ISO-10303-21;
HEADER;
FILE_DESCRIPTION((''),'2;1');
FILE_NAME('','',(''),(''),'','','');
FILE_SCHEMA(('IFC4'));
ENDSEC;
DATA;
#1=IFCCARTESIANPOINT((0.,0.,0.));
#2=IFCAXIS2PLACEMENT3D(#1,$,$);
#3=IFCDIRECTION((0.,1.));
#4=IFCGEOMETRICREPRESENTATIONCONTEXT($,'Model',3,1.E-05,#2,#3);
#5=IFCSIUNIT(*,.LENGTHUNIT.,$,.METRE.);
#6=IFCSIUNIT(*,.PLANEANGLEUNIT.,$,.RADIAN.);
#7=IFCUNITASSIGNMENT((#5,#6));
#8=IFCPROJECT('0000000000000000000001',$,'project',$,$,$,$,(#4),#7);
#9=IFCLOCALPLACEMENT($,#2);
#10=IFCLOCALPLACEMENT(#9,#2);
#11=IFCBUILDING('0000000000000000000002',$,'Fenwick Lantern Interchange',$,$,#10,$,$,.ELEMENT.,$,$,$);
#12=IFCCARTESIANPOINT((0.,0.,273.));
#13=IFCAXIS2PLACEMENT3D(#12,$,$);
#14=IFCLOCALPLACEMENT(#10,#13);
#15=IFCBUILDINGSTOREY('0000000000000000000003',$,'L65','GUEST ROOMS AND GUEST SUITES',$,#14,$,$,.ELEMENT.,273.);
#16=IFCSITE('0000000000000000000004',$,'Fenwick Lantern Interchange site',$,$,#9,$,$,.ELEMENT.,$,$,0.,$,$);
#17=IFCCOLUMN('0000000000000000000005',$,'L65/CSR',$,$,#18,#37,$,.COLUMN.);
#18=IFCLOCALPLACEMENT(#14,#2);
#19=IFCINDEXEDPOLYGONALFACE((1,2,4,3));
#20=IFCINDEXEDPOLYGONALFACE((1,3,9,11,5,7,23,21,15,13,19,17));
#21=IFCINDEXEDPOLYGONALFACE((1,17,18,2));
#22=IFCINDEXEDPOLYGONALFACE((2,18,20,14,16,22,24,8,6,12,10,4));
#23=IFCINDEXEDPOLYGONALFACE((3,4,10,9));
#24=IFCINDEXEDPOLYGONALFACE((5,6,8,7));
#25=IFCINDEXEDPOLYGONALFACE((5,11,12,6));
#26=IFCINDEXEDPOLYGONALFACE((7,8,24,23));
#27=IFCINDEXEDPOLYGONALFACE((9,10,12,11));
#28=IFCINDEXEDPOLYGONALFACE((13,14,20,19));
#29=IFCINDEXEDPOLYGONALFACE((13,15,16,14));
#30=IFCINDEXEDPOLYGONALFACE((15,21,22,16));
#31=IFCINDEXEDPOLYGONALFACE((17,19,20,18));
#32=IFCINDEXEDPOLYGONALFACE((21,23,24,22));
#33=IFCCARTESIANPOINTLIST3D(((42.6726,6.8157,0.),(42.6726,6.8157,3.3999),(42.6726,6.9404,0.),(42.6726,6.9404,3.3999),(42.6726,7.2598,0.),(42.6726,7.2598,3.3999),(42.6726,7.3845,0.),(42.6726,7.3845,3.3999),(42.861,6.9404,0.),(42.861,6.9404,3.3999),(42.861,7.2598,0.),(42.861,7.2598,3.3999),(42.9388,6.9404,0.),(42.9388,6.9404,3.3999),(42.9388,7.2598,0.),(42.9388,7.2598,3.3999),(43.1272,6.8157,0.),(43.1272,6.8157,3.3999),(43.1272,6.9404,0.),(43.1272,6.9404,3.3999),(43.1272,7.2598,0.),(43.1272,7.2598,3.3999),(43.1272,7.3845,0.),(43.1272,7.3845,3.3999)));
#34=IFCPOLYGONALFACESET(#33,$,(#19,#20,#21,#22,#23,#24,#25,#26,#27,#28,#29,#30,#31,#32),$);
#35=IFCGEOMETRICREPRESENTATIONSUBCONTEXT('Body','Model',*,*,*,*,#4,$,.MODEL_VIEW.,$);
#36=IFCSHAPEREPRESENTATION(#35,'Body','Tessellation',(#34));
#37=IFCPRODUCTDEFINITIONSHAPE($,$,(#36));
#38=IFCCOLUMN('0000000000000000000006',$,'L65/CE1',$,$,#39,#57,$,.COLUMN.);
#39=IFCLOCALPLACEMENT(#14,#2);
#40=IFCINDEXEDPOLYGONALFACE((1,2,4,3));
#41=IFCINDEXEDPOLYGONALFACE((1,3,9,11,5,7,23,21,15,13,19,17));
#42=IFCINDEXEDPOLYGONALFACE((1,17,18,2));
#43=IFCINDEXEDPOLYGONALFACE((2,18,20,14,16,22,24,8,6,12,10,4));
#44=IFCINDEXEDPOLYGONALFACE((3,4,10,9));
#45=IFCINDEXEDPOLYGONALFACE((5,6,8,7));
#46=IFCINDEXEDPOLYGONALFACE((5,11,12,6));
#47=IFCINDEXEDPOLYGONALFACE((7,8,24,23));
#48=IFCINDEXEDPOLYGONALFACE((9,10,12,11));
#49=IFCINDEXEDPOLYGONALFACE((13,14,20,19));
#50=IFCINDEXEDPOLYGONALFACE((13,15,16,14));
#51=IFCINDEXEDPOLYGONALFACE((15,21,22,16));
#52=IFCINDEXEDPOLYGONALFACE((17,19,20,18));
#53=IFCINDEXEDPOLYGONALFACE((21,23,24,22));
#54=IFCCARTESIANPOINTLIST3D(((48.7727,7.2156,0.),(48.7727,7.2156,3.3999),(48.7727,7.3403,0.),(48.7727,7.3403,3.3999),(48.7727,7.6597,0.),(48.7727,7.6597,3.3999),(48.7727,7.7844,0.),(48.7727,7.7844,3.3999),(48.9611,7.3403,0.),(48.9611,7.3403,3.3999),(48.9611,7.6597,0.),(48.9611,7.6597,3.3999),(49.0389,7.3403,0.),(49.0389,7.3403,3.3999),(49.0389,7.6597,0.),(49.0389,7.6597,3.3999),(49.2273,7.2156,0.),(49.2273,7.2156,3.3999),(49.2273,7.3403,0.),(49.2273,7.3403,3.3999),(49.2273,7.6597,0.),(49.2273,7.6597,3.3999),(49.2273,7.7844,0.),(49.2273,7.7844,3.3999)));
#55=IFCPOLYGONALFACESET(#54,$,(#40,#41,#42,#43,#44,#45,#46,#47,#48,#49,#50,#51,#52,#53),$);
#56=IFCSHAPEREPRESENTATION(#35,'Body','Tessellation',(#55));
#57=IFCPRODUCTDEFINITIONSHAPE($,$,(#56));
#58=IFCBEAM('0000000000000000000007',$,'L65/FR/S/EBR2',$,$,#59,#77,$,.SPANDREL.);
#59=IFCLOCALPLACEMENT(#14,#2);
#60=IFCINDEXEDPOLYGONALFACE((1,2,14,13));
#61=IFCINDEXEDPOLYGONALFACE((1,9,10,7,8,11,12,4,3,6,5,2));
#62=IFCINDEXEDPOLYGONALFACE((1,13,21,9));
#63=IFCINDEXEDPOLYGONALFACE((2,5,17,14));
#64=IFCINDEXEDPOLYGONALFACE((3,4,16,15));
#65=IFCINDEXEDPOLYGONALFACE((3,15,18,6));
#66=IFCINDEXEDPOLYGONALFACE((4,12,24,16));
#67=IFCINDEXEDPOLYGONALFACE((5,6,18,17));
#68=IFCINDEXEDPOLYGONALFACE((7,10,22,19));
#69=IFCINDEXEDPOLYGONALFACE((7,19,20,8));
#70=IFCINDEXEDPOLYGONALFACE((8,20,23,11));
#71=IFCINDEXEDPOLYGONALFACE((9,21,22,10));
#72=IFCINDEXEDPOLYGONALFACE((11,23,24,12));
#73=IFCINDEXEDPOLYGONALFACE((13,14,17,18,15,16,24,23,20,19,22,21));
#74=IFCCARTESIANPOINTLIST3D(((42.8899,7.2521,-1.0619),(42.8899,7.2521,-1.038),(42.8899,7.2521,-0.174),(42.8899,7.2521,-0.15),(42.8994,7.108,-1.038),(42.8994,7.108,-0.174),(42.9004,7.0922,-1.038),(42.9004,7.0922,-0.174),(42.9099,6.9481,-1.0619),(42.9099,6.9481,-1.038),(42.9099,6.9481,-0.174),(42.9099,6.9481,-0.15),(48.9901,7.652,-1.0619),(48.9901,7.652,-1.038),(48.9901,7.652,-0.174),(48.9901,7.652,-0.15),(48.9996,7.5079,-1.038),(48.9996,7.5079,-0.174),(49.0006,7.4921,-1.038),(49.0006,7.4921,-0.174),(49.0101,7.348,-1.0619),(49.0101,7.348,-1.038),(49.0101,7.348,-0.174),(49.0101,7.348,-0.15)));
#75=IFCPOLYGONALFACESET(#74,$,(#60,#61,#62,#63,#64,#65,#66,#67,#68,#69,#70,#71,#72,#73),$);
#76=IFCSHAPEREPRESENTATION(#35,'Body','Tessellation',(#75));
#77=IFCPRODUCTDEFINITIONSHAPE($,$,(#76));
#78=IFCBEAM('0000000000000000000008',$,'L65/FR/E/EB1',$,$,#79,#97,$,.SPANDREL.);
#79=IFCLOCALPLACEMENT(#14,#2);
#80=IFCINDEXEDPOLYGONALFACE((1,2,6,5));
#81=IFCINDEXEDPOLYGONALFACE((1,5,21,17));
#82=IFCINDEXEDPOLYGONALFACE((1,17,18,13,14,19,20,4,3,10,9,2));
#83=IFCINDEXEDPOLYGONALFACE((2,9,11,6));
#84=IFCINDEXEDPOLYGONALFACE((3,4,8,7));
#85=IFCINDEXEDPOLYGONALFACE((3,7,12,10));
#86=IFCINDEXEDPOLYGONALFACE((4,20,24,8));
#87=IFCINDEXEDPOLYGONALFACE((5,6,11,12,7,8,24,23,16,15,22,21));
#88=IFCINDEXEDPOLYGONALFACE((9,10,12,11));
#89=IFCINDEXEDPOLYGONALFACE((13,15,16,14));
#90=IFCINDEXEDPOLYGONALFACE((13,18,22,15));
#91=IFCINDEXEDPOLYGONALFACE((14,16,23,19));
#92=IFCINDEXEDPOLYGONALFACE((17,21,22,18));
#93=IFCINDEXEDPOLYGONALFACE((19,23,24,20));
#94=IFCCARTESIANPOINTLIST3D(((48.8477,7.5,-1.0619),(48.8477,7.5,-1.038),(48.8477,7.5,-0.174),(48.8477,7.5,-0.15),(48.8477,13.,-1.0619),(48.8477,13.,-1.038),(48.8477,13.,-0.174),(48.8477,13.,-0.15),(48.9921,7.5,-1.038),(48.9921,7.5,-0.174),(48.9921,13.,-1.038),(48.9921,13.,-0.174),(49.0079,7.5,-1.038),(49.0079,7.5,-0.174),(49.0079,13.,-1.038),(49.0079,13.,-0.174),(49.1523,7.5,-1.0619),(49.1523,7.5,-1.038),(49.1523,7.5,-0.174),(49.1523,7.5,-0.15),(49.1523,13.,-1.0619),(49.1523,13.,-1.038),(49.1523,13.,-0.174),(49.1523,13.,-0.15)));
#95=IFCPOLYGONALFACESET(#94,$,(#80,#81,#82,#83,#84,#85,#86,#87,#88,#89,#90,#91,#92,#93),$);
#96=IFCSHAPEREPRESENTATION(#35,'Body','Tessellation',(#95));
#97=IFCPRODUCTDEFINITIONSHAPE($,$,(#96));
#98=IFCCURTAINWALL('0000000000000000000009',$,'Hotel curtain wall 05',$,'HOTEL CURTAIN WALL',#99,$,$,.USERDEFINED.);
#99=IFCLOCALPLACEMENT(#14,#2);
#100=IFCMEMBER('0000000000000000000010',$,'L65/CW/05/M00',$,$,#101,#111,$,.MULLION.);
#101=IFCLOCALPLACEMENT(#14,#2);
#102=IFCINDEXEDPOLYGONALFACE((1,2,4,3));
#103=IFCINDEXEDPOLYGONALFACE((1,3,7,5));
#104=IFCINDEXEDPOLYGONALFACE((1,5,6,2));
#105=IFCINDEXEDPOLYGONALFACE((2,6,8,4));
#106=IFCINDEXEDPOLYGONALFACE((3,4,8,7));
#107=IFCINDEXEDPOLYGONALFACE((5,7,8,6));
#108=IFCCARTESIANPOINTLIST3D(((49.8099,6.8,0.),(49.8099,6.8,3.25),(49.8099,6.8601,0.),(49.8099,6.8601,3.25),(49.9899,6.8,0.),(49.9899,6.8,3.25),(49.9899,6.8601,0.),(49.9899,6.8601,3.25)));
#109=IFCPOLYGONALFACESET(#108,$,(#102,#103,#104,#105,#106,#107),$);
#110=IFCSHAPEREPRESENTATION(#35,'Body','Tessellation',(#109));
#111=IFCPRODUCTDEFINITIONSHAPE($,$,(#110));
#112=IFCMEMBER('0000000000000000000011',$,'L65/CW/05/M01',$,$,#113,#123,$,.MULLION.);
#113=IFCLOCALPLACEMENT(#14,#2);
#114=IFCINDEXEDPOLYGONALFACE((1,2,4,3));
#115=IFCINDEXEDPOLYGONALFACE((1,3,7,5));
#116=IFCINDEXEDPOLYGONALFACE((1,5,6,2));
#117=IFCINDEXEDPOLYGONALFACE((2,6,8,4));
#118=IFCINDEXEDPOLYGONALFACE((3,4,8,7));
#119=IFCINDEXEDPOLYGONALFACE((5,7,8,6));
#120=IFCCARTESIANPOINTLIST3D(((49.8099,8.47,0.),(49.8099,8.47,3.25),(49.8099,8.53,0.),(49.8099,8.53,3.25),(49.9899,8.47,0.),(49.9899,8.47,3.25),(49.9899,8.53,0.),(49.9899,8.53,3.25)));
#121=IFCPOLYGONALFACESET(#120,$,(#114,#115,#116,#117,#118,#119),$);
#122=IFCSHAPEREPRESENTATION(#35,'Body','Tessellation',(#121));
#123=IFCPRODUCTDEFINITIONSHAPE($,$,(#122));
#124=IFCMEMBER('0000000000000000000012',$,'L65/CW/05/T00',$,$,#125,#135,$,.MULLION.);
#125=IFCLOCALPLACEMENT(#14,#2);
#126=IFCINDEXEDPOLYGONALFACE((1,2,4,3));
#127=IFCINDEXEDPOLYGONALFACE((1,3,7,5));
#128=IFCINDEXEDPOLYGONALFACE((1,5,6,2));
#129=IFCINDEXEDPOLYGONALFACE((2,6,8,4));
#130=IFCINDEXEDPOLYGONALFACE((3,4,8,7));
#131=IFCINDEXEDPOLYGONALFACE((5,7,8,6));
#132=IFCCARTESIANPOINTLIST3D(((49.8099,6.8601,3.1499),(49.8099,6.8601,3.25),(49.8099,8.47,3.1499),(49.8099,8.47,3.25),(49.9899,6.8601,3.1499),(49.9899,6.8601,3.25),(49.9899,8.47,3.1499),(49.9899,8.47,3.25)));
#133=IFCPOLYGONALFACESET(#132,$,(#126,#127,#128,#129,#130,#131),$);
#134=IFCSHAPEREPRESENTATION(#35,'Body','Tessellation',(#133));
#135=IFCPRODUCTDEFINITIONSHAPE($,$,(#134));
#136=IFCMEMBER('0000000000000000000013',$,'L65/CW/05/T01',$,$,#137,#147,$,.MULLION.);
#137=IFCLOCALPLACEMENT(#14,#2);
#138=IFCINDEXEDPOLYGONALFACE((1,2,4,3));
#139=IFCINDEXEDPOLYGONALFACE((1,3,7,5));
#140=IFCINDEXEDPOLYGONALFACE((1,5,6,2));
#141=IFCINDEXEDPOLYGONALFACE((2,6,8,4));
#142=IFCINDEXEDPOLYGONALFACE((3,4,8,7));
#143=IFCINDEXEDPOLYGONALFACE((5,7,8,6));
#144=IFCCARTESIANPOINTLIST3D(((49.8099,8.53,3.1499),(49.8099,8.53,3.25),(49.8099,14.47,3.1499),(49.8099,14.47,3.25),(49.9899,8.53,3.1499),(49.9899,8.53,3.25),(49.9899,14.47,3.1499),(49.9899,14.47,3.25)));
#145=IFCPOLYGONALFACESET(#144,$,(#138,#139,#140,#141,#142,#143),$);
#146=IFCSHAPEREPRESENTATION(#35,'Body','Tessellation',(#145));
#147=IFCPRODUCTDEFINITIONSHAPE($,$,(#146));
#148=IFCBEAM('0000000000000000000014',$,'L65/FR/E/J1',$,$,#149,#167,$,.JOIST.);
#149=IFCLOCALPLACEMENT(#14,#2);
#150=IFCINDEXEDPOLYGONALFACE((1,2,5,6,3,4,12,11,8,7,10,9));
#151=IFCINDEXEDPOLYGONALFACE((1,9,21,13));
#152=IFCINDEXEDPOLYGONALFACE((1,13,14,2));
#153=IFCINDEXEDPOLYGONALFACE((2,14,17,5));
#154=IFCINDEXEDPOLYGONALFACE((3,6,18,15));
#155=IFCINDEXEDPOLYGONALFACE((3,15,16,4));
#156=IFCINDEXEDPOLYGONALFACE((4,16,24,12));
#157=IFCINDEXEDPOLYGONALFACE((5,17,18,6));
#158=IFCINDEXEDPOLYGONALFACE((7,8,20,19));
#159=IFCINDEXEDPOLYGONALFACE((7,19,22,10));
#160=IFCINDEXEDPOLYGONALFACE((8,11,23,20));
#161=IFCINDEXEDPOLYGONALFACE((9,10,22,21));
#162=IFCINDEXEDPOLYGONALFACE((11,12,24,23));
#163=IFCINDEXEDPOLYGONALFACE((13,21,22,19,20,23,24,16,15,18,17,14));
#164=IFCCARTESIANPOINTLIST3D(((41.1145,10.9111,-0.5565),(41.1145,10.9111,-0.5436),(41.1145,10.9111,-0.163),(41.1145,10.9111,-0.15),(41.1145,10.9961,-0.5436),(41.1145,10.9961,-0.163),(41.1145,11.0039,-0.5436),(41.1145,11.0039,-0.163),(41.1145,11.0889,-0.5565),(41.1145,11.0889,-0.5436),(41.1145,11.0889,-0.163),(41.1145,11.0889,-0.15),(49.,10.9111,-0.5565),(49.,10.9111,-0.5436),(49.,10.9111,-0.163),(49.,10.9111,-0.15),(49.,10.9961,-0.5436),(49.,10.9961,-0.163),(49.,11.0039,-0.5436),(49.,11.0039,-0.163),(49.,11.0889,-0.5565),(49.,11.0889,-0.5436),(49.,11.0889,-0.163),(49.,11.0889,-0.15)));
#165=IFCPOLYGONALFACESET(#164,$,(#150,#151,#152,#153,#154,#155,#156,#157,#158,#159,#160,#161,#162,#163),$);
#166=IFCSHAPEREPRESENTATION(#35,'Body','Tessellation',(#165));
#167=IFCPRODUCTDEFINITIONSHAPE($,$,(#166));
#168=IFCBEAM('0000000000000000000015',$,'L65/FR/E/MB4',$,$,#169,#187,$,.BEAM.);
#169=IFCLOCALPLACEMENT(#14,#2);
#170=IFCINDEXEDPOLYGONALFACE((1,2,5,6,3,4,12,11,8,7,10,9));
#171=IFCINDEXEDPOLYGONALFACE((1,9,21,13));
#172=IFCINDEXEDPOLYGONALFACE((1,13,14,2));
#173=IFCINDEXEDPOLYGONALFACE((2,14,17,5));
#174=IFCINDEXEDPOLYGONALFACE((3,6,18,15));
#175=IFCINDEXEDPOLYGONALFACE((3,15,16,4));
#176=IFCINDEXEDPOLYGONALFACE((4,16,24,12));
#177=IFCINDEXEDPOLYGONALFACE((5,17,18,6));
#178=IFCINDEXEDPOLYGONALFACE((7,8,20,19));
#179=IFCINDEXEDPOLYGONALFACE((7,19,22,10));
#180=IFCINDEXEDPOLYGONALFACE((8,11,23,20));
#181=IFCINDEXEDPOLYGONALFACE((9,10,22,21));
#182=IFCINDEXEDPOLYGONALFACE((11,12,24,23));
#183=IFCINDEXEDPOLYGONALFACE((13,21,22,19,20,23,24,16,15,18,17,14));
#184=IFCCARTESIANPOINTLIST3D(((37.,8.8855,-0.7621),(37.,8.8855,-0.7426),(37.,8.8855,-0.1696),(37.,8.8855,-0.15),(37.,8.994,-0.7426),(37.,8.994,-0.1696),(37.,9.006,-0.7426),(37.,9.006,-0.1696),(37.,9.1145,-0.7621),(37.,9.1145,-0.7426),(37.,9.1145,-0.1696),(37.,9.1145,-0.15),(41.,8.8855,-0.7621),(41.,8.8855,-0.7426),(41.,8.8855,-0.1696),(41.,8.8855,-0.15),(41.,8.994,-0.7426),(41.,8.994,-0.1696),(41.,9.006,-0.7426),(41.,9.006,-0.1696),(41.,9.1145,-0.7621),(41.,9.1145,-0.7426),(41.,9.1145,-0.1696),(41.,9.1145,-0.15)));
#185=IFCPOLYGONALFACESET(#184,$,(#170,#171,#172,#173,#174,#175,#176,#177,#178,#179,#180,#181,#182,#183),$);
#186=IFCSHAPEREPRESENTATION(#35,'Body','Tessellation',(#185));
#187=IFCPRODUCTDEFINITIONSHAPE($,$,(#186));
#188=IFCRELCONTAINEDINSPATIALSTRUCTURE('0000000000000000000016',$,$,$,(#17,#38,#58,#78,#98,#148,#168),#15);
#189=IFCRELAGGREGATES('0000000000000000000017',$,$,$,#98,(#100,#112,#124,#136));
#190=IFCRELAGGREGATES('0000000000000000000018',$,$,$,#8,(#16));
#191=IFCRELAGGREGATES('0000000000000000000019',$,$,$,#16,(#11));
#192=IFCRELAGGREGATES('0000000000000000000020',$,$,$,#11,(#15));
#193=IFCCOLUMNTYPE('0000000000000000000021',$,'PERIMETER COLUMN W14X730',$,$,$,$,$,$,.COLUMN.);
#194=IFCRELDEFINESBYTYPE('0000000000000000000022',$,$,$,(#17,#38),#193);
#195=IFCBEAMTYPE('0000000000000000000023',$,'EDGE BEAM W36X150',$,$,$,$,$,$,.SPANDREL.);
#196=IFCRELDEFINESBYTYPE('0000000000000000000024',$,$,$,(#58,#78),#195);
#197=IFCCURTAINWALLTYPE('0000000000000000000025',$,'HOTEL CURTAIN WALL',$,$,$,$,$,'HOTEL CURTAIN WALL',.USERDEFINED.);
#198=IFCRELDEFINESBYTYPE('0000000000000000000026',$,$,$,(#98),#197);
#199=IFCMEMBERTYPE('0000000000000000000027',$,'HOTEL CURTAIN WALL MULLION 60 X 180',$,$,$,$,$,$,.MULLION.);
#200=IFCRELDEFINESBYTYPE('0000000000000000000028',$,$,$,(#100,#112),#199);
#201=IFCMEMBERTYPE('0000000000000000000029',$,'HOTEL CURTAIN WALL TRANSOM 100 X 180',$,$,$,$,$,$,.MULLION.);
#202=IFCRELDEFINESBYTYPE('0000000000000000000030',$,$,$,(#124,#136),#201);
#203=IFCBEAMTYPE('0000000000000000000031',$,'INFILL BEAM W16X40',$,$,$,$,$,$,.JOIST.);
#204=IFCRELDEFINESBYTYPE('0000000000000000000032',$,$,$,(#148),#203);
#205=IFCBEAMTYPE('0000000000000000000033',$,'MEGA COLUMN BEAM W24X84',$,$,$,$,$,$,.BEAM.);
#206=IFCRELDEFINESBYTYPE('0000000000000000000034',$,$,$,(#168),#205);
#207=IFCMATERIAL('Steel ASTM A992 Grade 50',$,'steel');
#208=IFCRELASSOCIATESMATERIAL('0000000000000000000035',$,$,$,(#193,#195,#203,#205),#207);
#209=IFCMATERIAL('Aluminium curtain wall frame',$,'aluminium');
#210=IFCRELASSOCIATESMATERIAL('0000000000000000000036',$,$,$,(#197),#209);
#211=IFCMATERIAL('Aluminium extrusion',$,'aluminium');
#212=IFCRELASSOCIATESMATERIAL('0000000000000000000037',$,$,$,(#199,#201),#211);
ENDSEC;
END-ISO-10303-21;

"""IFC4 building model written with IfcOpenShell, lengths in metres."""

from ifc_helpers import new_model, si_unit, direction, frame, origin, origin_2d, place, context, subcontext, project, spatial, rectangle, i_section, extrude, material, material_profile, profile_set, type_object, element, aggregate, save


model = new_model("IFC4")

# Units and contexts
model_context = context("Model", 3, precision=1e-05, world=origin(), true_north=direction((0.0, 1.0)))
body_context = subcontext(model_context, "Body", "Model", "MODEL_VIEW")
ifc_project = project(units=[si_unit("LENGTHUNIT", "METRE"), si_unit("PLANEANGLEUNIT", "RADIAN")], contexts=[model_context])

# Site, building, storey
site_placement = place(None, origin())
site = spatial("IfcSite", under=ifc_project, at=site_placement, Name="Fenwick Lantern Interchange site", CompositionType="ELEMENT", RefElevation=0.0)
building_placement = place(site_placement, origin())
building = spatial("IfcBuilding", under=site, at=building_placement, Name="Fenwick Lantern Interchange", CompositionType="ELEMENT")
storey_placement = place(building_placement, frame((0.0, 0.0, 273.0)))
storey = spatial("IfcBuildingStorey", under=building, at=storey_placement, Name="L65", Description="GUEST ROOMS AND GUEST SUITES", CompositionType="ELEMENT", Elevation=273.0)

# Columns
ifc_material_1 = material(Name="Steel ASTM A992 Grade 50", Category="steel")
ifc_material_profile_1 = material_profile(ifc_material_1, i_section(OverallWidth=0.4546, OverallDepth=0.5688, WebThickness=0.0779, FlangeThickness=0.1248, at=origin_2d()), Name="W14X730")
ifc_profile_set_1 = profile_set([ifc_material_profile_1], Name="Steel ASTM A992 Grade 50")
column_type = type_object("IfcColumnType", Name="PERIMETER COLUMN W14X730", PredefinedType="COLUMN", material=ifc_profile_set_1)
for number, where, z_axis, x_axis, name in (
    (1, (42.8999, 7.1001, 0.0), (0.0, 0.0, 1.0), (1.0, 0.0, 0.0), "L65/CSR"),
    (2, (49.0, 7.5, 0.0), (0.0, 0.0, 1.0), (1.0, 0.0, 0.0), "L65/CE1"),
):
    element("IfcColumn", number, at=place(storey_placement, frame(where, z_axis=z_axis, x_axis=x_axis)), inside=storey, type_object=column_type, Name=name, PredefinedType="COLUMN", context=body_context, shape_type="SweptSolid", body=[
        extrude(i_section(OverallWidth=0.4546, OverallDepth=0.5688, WebThickness=0.0779, FlangeThickness=0.1248, at=origin_2d()), origin(), (0.0, 0.0, 1.0), 3.3999),
    ])

# Beams
ifc_material_profile_2 = material_profile(ifc_material_1, i_section(OverallWidth=0.3047, OverallDepth=0.9119, WebThickness=0.0159, FlangeThickness=0.0239, at=origin_2d()), Name="W36X150")
ifc_profile_set_2 = profile_set([ifc_material_profile_2], Name="Steel ASTM A992 Grade 50")
beam_type_1 = type_object("IfcBeamType", Name="EDGE BEAM W36X150", PredefinedType="SPANDREL", material=ifc_profile_set_2)
beam_1_placement = place(storey_placement, frame((42.8999, 7.1001, -0.606), z_axis=(0.997858, 0.065416, 0.0), x_axis=(-0.065416, 0.997858, 0.0)))
element("IfcBeam", 3, at=beam_1_placement, inside=storey, type_object=beam_type_1, Name="L65/FR/S/EBR2", PredefinedType="SPANDREL", context=body_context, shape_type="SweptSolid", body=[
    extrude(i_section(OverallWidth=0.3047, OverallDepth=0.9119, WebThickness=0.0159, FlangeThickness=0.0239, at=origin_2d()), origin(), (0.0, 0.0, 1.0), 6.1133),
])
beam_2_placement = place(storey_placement, frame((49.0, 7.5, -0.606), z_axis=(0.0, 1.0, 0.0), x_axis=(-1.0, 0.0, 0.0)))
element("IfcBeam", 4, at=beam_2_placement, inside=storey, type_object=beam_type_1, Name="L65/FR/E/EB1", PredefinedType="SPANDREL", context=body_context, shape_type="SweptSolid", body=[
    extrude(i_section(OverallWidth=0.3047, OverallDepth=0.9119, WebThickness=0.0159, FlangeThickness=0.0239, at=origin_2d()), origin(), (0.0, 0.0, 1.0), 5.5),
])

# Curtain wall, members
ifc_material_2 = material(Name="Aluminium curtain wall frame", Category="aluminium")
curtain_wall_type = type_object("IfcCurtainWallType", Name="HOTEL CURTAIN WALL", ElementType="HOTEL CURTAIN WALL", PredefinedType="USERDEFINED", material=ifc_material_2)
curtain_wall_placement = place(storey_placement, origin())
curtain_wall = element("IfcCurtainWall", 5, at=curtain_wall_placement, inside=storey, type_object=curtain_wall_type, Name="Hotel curtain wall 05", ObjectType="HOTEL CURTAIN WALL", PredefinedType="USERDEFINED")
ifc_material_3 = material(Name="Aluminium extrusion", Category="aluminium")
ifc_material_profile_3 = material_profile(ifc_material_3, rectangle(XDim=0.1799, YDim=0.0601, at=origin_2d()), Name="HOTEL CURTAIN WALL MULLION 60 X 180")
ifc_profile_set_3 = profile_set([ifc_material_profile_3], Name="Aluminium extrusion")
member_type_1 = type_object("IfcMemberType", Name="HOTEL CURTAIN WALL MULLION 60 X 180", PredefinedType="MULLION", material=ifc_profile_set_3)
member_1_placement = place(storey_placement, frame((49.8999, 6.8301, 0.0), z_axis=(0.0, 0.0, 1.0), x_axis=(-1.0, 0.0, 0.0)))
member_1 = element("IfcMember", 6, at=member_1_placement, type_object=member_type_1, Name="L65/CW/05/M00", PredefinedType="MULLION", context=body_context, shape_type="SweptSolid", body=[
    extrude(rectangle(XDim=0.1799, YDim=0.0601, at=origin_2d()), origin(), (0.0, 0.0, 1.0), 3.25),
])
member_2_placement = place(storey_placement, frame((49.8999, 8.5, 0.0), z_axis=(0.0, 0.0, 1.0), x_axis=(-1.0, 0.0, 0.0)))
member_2 = element("IfcMember", 7, at=member_2_placement, type_object=member_type_1, Name="L65/CW/05/M01", PredefinedType="MULLION", context=body_context, shape_type="SweptSolid", body=[
    extrude(rectangle(XDim=0.1799, YDim=0.0601, at=origin_2d()), origin(), (0.0, 0.0, 1.0), 3.25),
])
ifc_material_profile_4 = material_profile(ifc_material_3, rectangle(XDim=0.1799, YDim=0.1001, at=origin_2d()), Name="HOTEL CURTAIN WALL TRANSOM 100 X 180")
ifc_profile_set_4 = profile_set([ifc_material_profile_4], Name="Aluminium extrusion")
member_type_2 = type_object("IfcMemberType", Name="HOTEL CURTAIN WALL TRANSOM 100 X 180", PredefinedType="MULLION", material=ifc_profile_set_4)
member_3_placement = place(storey_placement, frame((49.8999, 6.8601, 3.2), z_axis=(0.0, 1.0, 0.0), x_axis=(-1.0, 0.0, 0.0)))
member_3 = element("IfcMember", 8, at=member_3_placement, type_object=member_type_2, Name="L65/CW/05/T00", PredefinedType="MULLION", context=body_context, shape_type="SweptSolid", body=[
    extrude(rectangle(XDim=0.1799, YDim=0.1001, at=origin_2d()), origin(), (0.0, 0.0, 1.0), 1.6099),
])
member_4_placement = place(storey_placement, frame((49.8999, 8.53, 3.2), z_axis=(0.0, 1.0, 0.0), x_axis=(-1.0, 0.0, 0.0)))
member_4 = element("IfcMember", 9, at=member_4_placement, type_object=member_type_2, Name="L65/CW/05/T01", PredefinedType="MULLION", context=body_context, shape_type="SweptSolid", body=[
    extrude(rectangle(XDim=0.1799, YDim=0.1001, at=origin_2d()), origin(), (0.0, 0.0, 1.0), 5.9399),
])

# Beams
ifc_material_profile_5 = material_profile(ifc_material_1, i_section(OverallWidth=0.1777, OverallDepth=0.4065, WebThickness=0.0078, FlangeThickness=0.0129, at=origin_2d()), Name="W16X40")
ifc_profile_set_5 = profile_set([ifc_material_profile_5], Name="Steel ASTM A992 Grade 50")
beam_type_2 = type_object("IfcBeamType", Name="INFILL BEAM W16X40", PredefinedType="JOIST", material=ifc_profile_set_5)
beam_3_placement = place(storey_placement, frame((49.0, 11.0, -0.3533), z_axis=(-1.0, 0.0, 0.0), x_axis=(0.0, -1.0, 0.0)))
element("IfcBeam", 10, at=beam_3_placement, inside=storey, type_object=beam_type_2, Name="L65/FR/E/J1", PredefinedType="JOIST", context=body_context, shape_type="SweptSolid", body=[
    extrude(i_section(OverallWidth=0.1777, OverallDepth=0.4065, WebThickness=0.0078, FlangeThickness=0.0129, at=origin_2d()), origin(), (0.0, 0.0, 1.0), 7.8855),
])
ifc_material_profile_6 = material_profile(ifc_material_1, i_section(OverallWidth=0.229, OverallDepth=0.6121, WebThickness=0.012, FlangeThickness=0.0195, at=origin_2d()), Name="W24X84")
ifc_profile_set_6 = profile_set([ifc_material_profile_6], Name="Steel ASTM A992 Grade 50")
beam_type_3 = type_object("IfcBeamType", Name="MEGA COLUMN BEAM W24X84", PredefinedType="BEAM", material=ifc_profile_set_6)
beam_4_placement = place(storey_placement, frame((41.0, 9.0, -0.4561), z_axis=(-1.0, 0.0, 0.0), x_axis=(0.0, -1.0, 0.0)))
element("IfcBeam", 11, at=beam_4_placement, inside=storey, type_object=beam_type_3, Name="L65/FR/E/MB4", PredefinedType="BEAM", context=body_context, shape_type="SweptSolid", body=[
    extrude(i_section(OverallWidth=0.229, OverallDepth=0.6121, WebThickness=0.012, FlangeThickness=0.0195, at=origin_2d()), origin(), (0.0, 0.0, 1.0), 4.0),
])

aggregate(curtain_wall, [member_1, member_2, member_3, member_4])

save(model, "model.ifc")
